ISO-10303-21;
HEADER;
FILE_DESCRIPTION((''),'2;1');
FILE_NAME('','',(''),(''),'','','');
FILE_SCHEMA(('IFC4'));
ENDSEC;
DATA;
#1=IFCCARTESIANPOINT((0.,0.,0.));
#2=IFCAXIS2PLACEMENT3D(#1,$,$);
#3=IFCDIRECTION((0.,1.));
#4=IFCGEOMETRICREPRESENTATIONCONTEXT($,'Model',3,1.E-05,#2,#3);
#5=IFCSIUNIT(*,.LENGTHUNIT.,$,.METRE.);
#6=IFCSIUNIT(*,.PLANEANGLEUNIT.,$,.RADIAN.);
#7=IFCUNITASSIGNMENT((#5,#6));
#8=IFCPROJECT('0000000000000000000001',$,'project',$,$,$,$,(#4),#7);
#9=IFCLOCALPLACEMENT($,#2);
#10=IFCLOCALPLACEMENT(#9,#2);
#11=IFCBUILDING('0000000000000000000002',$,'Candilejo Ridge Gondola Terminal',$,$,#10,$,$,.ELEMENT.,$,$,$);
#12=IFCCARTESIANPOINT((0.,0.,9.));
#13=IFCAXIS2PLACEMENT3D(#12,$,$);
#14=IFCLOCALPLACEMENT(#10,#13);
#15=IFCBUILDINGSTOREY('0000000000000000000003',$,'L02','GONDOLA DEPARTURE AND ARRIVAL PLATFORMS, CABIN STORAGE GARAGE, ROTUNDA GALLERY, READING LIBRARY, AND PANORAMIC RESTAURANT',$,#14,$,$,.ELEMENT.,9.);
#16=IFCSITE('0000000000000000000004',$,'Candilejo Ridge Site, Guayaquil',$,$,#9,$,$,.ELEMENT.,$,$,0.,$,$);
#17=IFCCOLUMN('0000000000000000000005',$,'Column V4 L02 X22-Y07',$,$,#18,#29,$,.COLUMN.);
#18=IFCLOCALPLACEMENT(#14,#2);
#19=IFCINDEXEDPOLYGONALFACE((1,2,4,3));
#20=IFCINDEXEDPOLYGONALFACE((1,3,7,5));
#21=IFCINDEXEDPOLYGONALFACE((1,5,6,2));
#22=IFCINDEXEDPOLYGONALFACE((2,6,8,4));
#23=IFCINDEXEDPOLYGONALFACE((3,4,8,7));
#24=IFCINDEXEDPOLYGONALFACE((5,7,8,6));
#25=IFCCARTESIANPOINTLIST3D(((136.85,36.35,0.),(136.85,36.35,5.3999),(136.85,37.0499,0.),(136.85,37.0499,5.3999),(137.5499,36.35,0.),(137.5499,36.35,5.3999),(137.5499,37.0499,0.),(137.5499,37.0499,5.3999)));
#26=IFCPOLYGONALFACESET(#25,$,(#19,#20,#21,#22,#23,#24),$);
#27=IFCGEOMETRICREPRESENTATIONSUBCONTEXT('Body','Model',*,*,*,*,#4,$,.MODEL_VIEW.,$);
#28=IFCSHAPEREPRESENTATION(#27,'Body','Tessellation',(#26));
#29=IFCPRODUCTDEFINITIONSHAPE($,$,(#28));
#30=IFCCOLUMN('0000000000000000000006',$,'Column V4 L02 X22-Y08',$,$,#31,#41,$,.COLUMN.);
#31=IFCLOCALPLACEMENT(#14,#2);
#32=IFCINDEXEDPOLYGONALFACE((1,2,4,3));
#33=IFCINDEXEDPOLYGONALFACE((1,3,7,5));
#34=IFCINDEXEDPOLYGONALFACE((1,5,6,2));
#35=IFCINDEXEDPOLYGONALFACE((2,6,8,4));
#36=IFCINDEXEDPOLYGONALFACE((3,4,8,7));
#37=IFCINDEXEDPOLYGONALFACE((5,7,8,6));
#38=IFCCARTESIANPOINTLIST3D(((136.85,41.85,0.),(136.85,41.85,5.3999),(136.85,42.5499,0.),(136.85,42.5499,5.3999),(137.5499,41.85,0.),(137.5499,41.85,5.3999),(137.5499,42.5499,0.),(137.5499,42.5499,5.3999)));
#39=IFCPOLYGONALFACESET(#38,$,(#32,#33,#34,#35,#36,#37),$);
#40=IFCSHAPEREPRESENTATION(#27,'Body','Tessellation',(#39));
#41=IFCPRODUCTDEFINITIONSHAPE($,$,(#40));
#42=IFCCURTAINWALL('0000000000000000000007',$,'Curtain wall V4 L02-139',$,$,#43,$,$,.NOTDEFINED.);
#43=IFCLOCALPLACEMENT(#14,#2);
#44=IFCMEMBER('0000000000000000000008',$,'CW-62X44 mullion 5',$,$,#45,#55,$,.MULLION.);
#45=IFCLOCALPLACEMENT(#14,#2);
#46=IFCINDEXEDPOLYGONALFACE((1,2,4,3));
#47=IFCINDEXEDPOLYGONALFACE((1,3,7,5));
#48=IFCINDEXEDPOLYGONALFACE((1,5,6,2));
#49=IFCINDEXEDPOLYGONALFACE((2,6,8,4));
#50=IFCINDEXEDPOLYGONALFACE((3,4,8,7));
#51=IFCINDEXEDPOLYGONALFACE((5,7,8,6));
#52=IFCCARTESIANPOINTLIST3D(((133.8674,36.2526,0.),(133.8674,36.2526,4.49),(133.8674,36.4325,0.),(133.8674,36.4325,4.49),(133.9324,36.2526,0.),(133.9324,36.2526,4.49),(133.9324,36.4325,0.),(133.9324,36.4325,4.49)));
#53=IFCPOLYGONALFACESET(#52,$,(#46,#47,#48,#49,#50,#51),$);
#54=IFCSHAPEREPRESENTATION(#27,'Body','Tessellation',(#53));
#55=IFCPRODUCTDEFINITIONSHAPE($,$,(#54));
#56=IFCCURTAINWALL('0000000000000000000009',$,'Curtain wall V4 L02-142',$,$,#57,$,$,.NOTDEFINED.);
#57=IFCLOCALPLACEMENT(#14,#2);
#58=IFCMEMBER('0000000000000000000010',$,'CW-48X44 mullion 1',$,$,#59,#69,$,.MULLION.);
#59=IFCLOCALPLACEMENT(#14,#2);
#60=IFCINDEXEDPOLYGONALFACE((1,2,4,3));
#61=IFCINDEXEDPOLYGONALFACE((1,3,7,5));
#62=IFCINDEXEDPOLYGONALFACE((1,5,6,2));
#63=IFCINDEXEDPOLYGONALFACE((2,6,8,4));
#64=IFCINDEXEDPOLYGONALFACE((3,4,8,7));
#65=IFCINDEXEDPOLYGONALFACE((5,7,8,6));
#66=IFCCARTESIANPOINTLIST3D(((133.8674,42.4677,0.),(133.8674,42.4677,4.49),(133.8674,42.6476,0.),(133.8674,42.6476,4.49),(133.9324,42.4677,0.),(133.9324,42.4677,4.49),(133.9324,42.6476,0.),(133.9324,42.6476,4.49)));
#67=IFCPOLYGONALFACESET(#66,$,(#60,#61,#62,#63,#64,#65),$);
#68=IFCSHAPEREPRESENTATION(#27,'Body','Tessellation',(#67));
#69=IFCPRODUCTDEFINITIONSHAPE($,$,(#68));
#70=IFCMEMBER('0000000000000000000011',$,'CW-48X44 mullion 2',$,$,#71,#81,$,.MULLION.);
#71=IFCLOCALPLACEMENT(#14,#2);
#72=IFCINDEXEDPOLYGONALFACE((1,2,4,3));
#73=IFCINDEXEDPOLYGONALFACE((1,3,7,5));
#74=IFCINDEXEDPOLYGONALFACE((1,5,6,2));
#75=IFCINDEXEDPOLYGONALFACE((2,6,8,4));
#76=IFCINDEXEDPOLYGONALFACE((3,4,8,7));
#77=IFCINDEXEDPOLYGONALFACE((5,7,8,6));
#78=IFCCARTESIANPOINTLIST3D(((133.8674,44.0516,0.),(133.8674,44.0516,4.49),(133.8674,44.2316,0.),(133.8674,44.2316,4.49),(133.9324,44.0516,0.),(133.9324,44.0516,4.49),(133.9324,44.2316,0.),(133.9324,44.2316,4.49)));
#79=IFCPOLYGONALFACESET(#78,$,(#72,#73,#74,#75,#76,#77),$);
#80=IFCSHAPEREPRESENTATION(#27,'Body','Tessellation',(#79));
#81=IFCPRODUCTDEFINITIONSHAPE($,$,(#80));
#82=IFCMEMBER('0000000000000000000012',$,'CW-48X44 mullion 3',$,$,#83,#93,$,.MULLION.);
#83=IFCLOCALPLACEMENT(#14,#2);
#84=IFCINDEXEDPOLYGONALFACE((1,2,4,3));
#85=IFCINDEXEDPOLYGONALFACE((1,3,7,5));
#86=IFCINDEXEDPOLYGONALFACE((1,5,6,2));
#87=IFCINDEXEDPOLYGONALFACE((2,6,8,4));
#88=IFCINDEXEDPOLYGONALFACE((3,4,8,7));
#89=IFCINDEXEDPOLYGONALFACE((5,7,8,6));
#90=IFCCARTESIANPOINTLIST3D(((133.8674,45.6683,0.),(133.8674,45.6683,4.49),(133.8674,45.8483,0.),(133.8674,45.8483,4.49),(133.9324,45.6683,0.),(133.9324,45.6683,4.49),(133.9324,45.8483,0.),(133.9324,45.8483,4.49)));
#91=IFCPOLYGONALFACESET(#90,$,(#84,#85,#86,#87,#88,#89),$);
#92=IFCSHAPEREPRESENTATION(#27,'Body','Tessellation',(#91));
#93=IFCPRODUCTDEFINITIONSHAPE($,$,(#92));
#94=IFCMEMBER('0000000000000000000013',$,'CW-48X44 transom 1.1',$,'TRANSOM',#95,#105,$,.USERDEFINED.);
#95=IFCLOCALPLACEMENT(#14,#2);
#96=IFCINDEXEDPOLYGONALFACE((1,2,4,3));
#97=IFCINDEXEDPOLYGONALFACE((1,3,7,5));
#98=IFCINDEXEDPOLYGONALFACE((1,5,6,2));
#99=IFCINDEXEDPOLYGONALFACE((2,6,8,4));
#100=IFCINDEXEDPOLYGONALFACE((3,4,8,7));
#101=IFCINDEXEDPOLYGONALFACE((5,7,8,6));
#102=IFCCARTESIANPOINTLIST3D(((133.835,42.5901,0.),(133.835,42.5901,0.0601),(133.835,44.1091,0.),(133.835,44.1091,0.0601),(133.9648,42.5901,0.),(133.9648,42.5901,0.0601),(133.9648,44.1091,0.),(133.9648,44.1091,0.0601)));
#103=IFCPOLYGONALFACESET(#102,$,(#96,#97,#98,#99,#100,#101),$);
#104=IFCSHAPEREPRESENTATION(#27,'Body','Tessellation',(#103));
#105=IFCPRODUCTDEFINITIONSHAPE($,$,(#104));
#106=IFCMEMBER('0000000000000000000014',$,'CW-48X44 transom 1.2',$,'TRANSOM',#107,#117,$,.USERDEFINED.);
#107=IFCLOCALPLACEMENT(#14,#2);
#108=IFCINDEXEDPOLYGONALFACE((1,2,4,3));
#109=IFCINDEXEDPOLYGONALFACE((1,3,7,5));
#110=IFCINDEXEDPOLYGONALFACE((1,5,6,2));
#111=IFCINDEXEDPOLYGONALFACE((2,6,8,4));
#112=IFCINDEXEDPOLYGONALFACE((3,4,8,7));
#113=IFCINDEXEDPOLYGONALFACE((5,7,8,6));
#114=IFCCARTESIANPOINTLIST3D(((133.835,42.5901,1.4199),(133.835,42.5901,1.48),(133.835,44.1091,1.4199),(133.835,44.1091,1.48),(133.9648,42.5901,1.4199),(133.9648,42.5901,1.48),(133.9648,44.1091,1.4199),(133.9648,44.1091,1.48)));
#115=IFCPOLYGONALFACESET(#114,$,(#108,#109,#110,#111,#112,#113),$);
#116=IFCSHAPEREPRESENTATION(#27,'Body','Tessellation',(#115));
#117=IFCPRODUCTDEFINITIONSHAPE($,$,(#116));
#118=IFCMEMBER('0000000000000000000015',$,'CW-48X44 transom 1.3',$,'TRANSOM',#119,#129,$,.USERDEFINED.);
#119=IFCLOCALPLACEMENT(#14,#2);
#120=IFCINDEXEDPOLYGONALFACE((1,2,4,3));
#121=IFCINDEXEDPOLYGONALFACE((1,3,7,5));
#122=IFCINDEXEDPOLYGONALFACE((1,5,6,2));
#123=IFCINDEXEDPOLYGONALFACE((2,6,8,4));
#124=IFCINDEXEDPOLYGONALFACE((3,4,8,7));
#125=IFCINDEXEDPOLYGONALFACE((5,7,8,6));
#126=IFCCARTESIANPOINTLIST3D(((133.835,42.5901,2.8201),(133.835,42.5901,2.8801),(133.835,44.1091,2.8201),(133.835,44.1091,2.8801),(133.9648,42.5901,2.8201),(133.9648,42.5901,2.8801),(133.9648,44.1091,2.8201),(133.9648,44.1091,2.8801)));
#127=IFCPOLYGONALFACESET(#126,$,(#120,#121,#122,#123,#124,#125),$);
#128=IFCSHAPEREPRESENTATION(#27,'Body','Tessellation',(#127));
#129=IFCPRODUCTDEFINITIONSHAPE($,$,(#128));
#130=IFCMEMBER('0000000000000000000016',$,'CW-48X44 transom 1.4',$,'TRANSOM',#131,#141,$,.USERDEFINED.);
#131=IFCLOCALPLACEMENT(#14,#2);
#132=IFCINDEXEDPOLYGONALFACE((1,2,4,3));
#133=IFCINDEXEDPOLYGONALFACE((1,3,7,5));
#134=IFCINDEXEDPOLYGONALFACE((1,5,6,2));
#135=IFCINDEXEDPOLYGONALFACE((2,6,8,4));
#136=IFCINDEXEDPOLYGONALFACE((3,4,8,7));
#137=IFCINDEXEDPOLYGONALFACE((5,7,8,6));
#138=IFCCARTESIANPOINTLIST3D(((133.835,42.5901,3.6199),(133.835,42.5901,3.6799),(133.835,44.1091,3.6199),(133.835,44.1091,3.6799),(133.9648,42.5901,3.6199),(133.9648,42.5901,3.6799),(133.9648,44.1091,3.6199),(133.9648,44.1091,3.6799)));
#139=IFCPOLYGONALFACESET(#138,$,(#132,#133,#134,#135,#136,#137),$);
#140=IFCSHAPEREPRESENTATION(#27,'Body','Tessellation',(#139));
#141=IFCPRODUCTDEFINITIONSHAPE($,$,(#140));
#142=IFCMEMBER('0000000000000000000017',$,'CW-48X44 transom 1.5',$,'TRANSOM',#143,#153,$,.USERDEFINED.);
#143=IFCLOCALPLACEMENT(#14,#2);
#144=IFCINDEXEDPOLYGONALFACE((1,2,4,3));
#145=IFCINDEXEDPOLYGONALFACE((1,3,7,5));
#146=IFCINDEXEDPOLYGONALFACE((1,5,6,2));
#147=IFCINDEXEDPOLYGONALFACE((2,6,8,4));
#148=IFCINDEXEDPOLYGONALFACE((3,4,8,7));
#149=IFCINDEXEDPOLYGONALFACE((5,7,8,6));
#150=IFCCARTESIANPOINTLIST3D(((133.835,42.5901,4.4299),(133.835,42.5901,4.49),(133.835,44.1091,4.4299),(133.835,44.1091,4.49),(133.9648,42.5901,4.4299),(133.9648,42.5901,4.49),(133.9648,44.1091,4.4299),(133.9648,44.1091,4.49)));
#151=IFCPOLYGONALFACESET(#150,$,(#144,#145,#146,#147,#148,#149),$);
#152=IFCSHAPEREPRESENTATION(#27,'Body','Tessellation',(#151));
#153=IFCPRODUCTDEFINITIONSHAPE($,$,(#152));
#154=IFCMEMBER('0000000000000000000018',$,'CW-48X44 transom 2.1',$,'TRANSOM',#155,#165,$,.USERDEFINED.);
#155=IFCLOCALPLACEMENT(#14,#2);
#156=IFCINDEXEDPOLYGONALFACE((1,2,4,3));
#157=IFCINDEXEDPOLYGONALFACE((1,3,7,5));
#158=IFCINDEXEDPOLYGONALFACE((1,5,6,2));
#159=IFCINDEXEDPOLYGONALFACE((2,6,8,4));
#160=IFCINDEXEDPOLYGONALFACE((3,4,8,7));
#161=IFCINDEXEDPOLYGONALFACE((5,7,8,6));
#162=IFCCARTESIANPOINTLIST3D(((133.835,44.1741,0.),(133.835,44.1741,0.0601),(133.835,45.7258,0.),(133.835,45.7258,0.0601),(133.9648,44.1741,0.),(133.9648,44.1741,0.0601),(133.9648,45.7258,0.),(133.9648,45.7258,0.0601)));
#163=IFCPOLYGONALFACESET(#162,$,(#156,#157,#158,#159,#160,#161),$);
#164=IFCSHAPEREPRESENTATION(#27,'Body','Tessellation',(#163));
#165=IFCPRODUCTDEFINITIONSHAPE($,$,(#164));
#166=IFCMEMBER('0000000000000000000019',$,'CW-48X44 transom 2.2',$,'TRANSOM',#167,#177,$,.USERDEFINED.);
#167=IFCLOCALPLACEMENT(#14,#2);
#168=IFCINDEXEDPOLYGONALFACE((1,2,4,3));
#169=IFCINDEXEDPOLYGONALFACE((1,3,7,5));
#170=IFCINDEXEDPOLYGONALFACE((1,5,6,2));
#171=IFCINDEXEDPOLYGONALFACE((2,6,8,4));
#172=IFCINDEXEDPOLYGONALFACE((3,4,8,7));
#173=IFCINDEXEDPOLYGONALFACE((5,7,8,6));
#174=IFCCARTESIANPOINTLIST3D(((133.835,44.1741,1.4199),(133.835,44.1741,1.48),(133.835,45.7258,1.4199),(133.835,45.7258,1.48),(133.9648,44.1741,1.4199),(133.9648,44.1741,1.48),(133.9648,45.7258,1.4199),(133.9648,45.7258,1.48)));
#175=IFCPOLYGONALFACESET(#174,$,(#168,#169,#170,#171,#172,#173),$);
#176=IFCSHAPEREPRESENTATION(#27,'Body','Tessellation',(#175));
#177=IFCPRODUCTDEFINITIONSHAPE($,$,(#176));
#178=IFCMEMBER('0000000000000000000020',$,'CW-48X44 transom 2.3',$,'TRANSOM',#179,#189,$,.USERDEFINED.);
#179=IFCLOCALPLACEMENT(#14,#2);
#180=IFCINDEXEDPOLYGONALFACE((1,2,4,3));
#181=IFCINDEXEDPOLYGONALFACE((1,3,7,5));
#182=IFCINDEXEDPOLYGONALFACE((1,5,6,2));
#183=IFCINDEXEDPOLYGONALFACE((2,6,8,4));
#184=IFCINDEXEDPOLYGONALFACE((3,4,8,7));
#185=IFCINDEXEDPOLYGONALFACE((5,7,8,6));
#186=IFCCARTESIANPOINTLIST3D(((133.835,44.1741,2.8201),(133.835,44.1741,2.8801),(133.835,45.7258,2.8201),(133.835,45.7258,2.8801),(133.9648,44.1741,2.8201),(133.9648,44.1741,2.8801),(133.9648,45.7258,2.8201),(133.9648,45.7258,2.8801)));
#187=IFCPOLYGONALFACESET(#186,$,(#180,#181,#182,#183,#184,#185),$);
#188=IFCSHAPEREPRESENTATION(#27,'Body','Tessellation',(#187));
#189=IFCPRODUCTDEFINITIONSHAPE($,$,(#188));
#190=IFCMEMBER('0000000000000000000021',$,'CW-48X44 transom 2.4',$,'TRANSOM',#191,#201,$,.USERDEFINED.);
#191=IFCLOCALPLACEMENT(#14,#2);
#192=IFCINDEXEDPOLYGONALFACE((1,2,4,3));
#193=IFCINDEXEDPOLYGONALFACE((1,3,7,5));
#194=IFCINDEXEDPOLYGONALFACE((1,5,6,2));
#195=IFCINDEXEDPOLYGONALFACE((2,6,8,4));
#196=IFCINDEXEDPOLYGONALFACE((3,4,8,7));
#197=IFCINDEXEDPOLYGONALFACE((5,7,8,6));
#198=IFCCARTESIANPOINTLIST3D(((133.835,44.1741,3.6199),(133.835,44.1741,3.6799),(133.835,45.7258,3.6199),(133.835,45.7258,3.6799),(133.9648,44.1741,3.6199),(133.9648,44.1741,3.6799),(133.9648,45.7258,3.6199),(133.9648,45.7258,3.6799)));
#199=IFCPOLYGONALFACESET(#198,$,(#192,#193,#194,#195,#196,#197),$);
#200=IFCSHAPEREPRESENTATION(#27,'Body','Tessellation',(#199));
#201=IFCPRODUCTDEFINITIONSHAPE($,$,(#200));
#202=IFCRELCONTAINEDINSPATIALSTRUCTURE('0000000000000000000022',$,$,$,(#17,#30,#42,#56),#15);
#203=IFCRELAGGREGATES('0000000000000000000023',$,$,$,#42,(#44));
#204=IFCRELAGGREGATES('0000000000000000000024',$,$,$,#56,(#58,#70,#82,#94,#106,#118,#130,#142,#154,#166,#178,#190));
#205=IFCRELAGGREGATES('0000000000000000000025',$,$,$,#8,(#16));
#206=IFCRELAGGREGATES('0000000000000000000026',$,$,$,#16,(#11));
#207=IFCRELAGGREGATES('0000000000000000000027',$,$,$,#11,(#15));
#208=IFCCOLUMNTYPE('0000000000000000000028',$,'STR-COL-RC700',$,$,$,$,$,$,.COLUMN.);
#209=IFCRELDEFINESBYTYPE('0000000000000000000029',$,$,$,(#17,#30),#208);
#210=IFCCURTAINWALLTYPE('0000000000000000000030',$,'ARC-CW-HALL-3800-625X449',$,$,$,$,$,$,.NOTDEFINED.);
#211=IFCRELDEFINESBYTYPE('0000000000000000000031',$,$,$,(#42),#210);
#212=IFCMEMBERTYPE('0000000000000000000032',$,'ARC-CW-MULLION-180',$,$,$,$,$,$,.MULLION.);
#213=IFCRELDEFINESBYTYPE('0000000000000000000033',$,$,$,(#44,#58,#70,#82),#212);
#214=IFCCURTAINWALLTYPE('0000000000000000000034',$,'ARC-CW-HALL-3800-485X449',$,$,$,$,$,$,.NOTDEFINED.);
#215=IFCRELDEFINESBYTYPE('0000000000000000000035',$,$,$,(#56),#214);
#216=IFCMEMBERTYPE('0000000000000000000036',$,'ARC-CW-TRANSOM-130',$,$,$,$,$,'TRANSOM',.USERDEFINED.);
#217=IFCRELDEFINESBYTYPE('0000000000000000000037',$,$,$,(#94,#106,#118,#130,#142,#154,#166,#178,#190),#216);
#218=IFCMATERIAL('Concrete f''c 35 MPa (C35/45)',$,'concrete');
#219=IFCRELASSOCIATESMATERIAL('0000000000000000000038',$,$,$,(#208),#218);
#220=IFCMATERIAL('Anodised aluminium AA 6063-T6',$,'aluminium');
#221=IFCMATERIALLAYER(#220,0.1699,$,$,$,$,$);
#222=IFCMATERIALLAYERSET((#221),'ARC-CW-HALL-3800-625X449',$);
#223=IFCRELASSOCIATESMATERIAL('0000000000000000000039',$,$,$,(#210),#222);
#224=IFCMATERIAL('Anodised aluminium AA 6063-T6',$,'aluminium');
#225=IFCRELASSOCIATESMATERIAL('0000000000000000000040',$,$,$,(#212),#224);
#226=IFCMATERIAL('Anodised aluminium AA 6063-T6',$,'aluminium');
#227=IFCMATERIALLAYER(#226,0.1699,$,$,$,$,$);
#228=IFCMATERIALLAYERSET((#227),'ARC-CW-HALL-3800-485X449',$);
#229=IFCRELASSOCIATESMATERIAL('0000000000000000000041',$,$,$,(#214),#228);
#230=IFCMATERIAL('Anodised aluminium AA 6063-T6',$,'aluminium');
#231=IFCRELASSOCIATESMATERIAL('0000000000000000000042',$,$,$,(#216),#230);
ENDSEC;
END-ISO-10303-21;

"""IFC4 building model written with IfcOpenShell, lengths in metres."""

from ifc_helpers import new_model, si_unit, direction, frame, origin, origin_2d, place, context, subcontext, project, spatial, rectangle, extrude, material, layer, layer_set, material_profile, profile_set, type_object, element, aggregate, save


model = new_model("IFC4")

# Units and contexts
model_context = context("Model", 3, precision=1e-05, world=origin(), true_north=direction((0.0, 1.0)))
body_context = subcontext(model_context, "Body", "Model", "MODEL_VIEW")
ifc_project = project(units=[si_unit("LENGTHUNIT", "METRE"), si_unit("PLANEANGLEUNIT", "RADIAN")], contexts=[model_context])

# Site, building, storey
site_placement = place(None, origin())
site = spatial("IfcSite", under=ifc_project, at=site_placement, Name="Candilejo Ridge Site, Guayaquil", CompositionType="ELEMENT", RefElevation=0.0)
building_placement = place(site_placement, origin())
building = spatial("IfcBuilding", under=site, at=building_placement, Name="Candilejo Ridge Gondola Terminal", CompositionType="ELEMENT")
storey_placement = place(building_placement, frame((0.0, 0.0, 9.0)))
storey = spatial("IfcBuildingStorey", under=building, at=storey_placement, Name="L02", Description="GONDOLA DEPARTURE AND ARRIVAL PLATFORMS, CABIN STORAGE GARAGE, ROTUNDA GALLERY, READING LIBRARY, AND PANORAMIC RESTAURANT", CompositionType="ELEMENT", Elevation=9.0)

# Columns
ifc_material_1 = material(Name="Concrete f'c 35 MPa (C35/45)", Category="concrete")
ifc_material_profile_1 = material_profile(ifc_material_1, rectangle(XDim=0.7, YDim=0.7, at=origin_2d()))
ifc_profile_set_1 = profile_set([ifc_material_profile_1], Name="Concrete f'c 35 MPa (C35/45)")
column_type = type_object("IfcColumnType", Name="STR-COL-RC700", PredefinedType="COLUMN", material=ifc_profile_set_1)
for number, where, z_axis, x_axis, name in (
    (1, (137.2, 36.7, 0.0), (0.0, 0.0, 1.0), (1.0, 0.0, 0.0), "Column V4 L02 X22-Y07"),
    (2, (137.2, 42.2, 0.0), (0.0, 0.0, 1.0), (1.0, 0.0, 0.0), "Column V4 L02 X22-Y08"),
):
    element("IfcColumn", number, at=place(storey_placement, frame(where, z_axis=z_axis, x_axis=x_axis)), inside=storey, type_object=column_type, Name=name, PredefinedType="COLUMN", context=body_context, shape_type="SweptSolid", body=[
        extrude(rectangle(XDim=0.7, YDim=0.7, at=origin_2d()), origin(), (0.0, 0.0, 1.0), 5.3999),
    ])

# Curtain wall, member
ifc_material_2 = material(Name="Anodised aluminium AA 6063-T6", Category="aluminium")
ifc_layer_1 = layer(ifc_material_2, 0.1699)
ifc_layer_set_1 = layer_set([ifc_layer_1], Name="ARC-CW-HALL-3800-625X449")
curtain_wall_type_1 = type_object("IfcCurtainWallType", Name="ARC-CW-HALL-3800-625X449", PredefinedType="NOTDEFINED", material=ifc_layer_set_1)
curtain_wall_1_placement = place(storey_placement, origin())
curtain_wall_1 = element("IfcCurtainWall", 3, at=curtain_wall_1_placement, inside=storey, type_object=curtain_wall_type_1, Name="Curtain wall V4 L02-139", PredefinedType="NOTDEFINED")
ifc_material_3 = material(Name="Anodised aluminium AA 6063-T6", Category="aluminium")
ifc_material_profile_2 = material_profile(ifc_material_3, rectangle(XDim=0.0649, YDim=0.1799, at=origin_2d()))
ifc_profile_set_2 = profile_set([ifc_material_profile_2], Name="Anodised aluminium AA 6063-T6")
member_type_1 = type_object("IfcMemberType", Name="ARC-CW-MULLION-180", PredefinedType="MULLION", material=ifc_profile_set_2)
member_1_placement = place(storey_placement, frame((133.8999, 36.3425, 0.0), z_axis=(0.0, 0.0, 1.0), x_axis=(-1.0, 0.0, 0.0)))
member_1 = element("IfcMember", 4, at=member_1_placement, type_object=member_type_1, Name="CW-62X44 mullion 5", PredefinedType="MULLION", context=body_context, shape_type="SweptSolid", body=[
    extrude(rectangle(XDim=0.0649, YDim=0.1799, at=origin_2d()), origin(), (0.0, 0.0, 1.0), 4.49),
])

# Curtain wall, members
ifc_material_4 = material(Name="Anodised aluminium AA 6063-T6", Category="aluminium")
ifc_layer_2 = layer(ifc_material_4, 0.1699)
ifc_layer_set_2 = layer_set([ifc_layer_2], Name="ARC-CW-HALL-3800-485X449")
curtain_wall_type_2 = type_object("IfcCurtainWallType", Name="ARC-CW-HALL-3800-485X449", PredefinedType="NOTDEFINED", material=ifc_layer_set_2)
curtain_wall_2_placement = place(storey_placement, origin())
curtain_wall_2 = element("IfcCurtainWall", 5, at=curtain_wall_2_placement, inside=storey, type_object=curtain_wall_type_2, Name="Curtain wall V4 L02-142", PredefinedType="NOTDEFINED")
member_2_placement = place(storey_placement, frame((133.8999, 42.5576, 0.0), z_axis=(0.0, 0.0, 1.0), x_axis=(-1.0, 0.0, 0.0)))
member_2 = element("IfcMember", 6, at=member_2_placement, type_object=member_type_1, Name="CW-48X44 mullion 1", PredefinedType="MULLION", context=body_context, shape_type="SweptSolid", body=[
    extrude(rectangle(XDim=0.0649, YDim=0.1799, at=origin_2d()), origin(), (0.0, 0.0, 1.0), 4.49),
])
member_3_placement = place(storey_placement, frame((133.8999, 44.1416, 0.0), z_axis=(0.0, 0.0, 1.0), x_axis=(-1.0, 0.0, 0.0)))
member_3 = element("IfcMember", 7, at=member_3_placement, type_object=member_type_1, Name="CW-48X44 mullion 2", PredefinedType="MULLION", context=body_context, shape_type="SweptSolid", body=[
    extrude(rectangle(XDim=0.0649, YDim=0.1799, at=origin_2d()), origin(), (0.0, 0.0, 1.0), 4.49),
])
member_4_placement = place(storey_placement, frame((133.8999, 45.7583, 0.0), z_axis=(0.0, 0.0, 1.0), x_axis=(-1.0, 0.0, 0.0)))
member_4 = element("IfcMember", 8, at=member_4_placement, type_object=member_type_1, Name="CW-48X44 mullion 3", PredefinedType="MULLION", context=body_context, shape_type="SweptSolid", body=[
    extrude(rectangle(XDim=0.0649, YDim=0.1799, at=origin_2d()), origin(), (0.0, 0.0, 1.0), 4.49),
])
ifc_material_5 = material(Name="Anodised aluminium AA 6063-T6", Category="aluminium")
ifc_material_profile_3 = material_profile(ifc_material_5, rectangle(XDim=0.1299, YDim=0.0601, at=origin_2d()))
ifc_profile_set_3 = profile_set([ifc_material_profile_3], Name="Anodised aluminium AA 6063-T6")
member_type_2 = type_object("IfcMemberType", Name="ARC-CW-TRANSOM-130", ElementType="TRANSOM", PredefinedType="USERDEFINED", material=ifc_profile_set_3)
member_5_placement = place(storey_placement, frame((133.8999, 42.5901, 0.03), z_axis=(0.0, 1.0, 0.0), x_axis=(-1.0, 0.0, 0.0)))
member_5 = element("IfcMember", 9, at=member_5_placement, type_object=member_type_2, Name="CW-48X44 transom 1.1", ObjectType="TRANSOM", PredefinedType="USERDEFINED", context=body_context, shape_type="SweptSolid", body=[
    extrude(rectangle(XDim=0.1299, YDim=0.0601, at=origin_2d()), origin(), (0.0, 0.0, 1.0), 1.519),
])
member_6_placement = place(storey_placement, frame((133.8999, 42.5901, 1.45), z_axis=(0.0, 1.0, 0.0), x_axis=(-1.0, 0.0, 0.0)))
member_6 = element("IfcMember", 10, at=member_6_placement, type_object=member_type_2, Name="CW-48X44 transom 1.2", ObjectType="TRANSOM", PredefinedType="USERDEFINED", context=body_context, shape_type="SweptSolid", body=[
    extrude(rectangle(XDim=0.1299, YDim=0.0601, at=origin_2d()), origin(), (0.0, 0.0, 1.0), 1.519),
])
member_7_placement = place(storey_placement, frame((133.8999, 42.5901, 2.8501), z_axis=(0.0, 1.0, 0.0), x_axis=(-1.0, 0.0, 0.0)))
member_7 = element("IfcMember", 11, at=member_7_placement, type_object=member_type_2, Name="CW-48X44 transom 1.3", ObjectType="TRANSOM", PredefinedType="USERDEFINED", context=body_context, shape_type="SweptSolid", body=[
    extrude(rectangle(XDim=0.1299, YDim=0.0601, at=origin_2d()), origin(), (0.0, 0.0, 1.0), 1.519),
])
member_8_placement = place(storey_placement, frame((133.8999, 42.5901, 3.6499), z_axis=(0.0, 1.0, 0.0), x_axis=(-1.0, 0.0, 0.0)))
member_8 = element("IfcMember", 12, at=member_8_placement, type_object=member_type_2, Name="CW-48X44 transom 1.4", ObjectType="TRANSOM", PredefinedType="USERDEFINED", context=body_context, shape_type="SweptSolid", body=[
    extrude(rectangle(XDim=0.1299, YDim=0.0601, at=origin_2d()), origin(), (0.0, 0.0, 1.0), 1.519),
])
member_9_placement = place(storey_placement, frame((133.8999, 42.5901, 4.46), z_axis=(0.0, 1.0, 0.0), x_axis=(-1.0, 0.0, 0.0)))
member_9 = element("IfcMember", 13, at=member_9_placement, type_object=member_type_2, Name="CW-48X44 transom 1.5", ObjectType="TRANSOM", PredefinedType="USERDEFINED", context=body_context, shape_type="SweptSolid", body=[
    extrude(rectangle(XDim=0.1299, YDim=0.0601, at=origin_2d()), origin(), (0.0, 0.0, 1.0), 1.519),
])
member_10_placement = place(storey_placement, frame((133.8999, 44.1741, 0.03), z_axis=(0.0, 1.0, 0.0), x_axis=(-1.0, 0.0, 0.0)))
member_10 = element("IfcMember", 14, at=member_10_placement, type_object=member_type_2, Name="CW-48X44 transom 2.1", ObjectType="TRANSOM", PredefinedType="USERDEFINED", context=body_context, shape_type="SweptSolid", body=[
    extrude(rectangle(XDim=0.1299, YDim=0.0601, at=origin_2d()), origin(), (0.0, 0.0, 1.0), 1.5518),
])
member_11_placement = place(storey_placement, frame((133.8999, 44.1741, 1.45), z_axis=(0.0, 1.0, 0.0), x_axis=(-1.0, 0.0, 0.0)))
member_11 = element("IfcMember", 15, at=member_11_placement, type_object=member_type_2, Name="CW-48X44 transom 2.2", ObjectType="TRANSOM", PredefinedType="USERDEFINED", context=body_context, shape_type="SweptSolid", body=[
    extrude(rectangle(XDim=0.1299, YDim=0.0601, at=origin_2d()), origin(), (0.0, 0.0, 1.0), 1.5518),
])
member_12_placement = place(storey_placement, frame((133.8999, 44.1741, 2.8501), z_axis=(0.0, 1.0, 0.0), x_axis=(-1.0, 0.0, 0.0)))
member_12 = element("IfcMember", 16, at=member_12_placement, type_object=member_type_2, Name="CW-48X44 transom 2.3", ObjectType="TRANSOM", PredefinedType="USERDEFINED", context=body_context, shape_type="SweptSolid", body=[
    extrude(rectangle(XDim=0.1299, YDim=0.0601, at=origin_2d()), origin(), (0.0, 0.0, 1.0), 1.5518),
])
member_13_placement = place(storey_placement, frame((133.8999, 44.1741, 3.6499), z_axis=(0.0, 1.0, 0.0), x_axis=(-1.0, 0.0, 0.0)))
member_13 = element("IfcMember", 17, at=member_13_placement, type_object=member_type_2, Name="CW-48X44 transom 2.4", ObjectType="TRANSOM", PredefinedType="USERDEFINED", context=body_context, shape_type="SweptSolid", body=[
    extrude(rectangle(XDim=0.1299, YDim=0.0601, at=origin_2d()), origin(), (0.0, 0.0, 1.0), 1.5518),
])

aggregate(curtain_wall_1, [member_1])
aggregate(curtain_wall_2, [member_2, member_3, member_4, member_5, member_6, member_7, member_8, member_9, member_10, member_11, member_12, member_13])

save(model, "model.ifc")
